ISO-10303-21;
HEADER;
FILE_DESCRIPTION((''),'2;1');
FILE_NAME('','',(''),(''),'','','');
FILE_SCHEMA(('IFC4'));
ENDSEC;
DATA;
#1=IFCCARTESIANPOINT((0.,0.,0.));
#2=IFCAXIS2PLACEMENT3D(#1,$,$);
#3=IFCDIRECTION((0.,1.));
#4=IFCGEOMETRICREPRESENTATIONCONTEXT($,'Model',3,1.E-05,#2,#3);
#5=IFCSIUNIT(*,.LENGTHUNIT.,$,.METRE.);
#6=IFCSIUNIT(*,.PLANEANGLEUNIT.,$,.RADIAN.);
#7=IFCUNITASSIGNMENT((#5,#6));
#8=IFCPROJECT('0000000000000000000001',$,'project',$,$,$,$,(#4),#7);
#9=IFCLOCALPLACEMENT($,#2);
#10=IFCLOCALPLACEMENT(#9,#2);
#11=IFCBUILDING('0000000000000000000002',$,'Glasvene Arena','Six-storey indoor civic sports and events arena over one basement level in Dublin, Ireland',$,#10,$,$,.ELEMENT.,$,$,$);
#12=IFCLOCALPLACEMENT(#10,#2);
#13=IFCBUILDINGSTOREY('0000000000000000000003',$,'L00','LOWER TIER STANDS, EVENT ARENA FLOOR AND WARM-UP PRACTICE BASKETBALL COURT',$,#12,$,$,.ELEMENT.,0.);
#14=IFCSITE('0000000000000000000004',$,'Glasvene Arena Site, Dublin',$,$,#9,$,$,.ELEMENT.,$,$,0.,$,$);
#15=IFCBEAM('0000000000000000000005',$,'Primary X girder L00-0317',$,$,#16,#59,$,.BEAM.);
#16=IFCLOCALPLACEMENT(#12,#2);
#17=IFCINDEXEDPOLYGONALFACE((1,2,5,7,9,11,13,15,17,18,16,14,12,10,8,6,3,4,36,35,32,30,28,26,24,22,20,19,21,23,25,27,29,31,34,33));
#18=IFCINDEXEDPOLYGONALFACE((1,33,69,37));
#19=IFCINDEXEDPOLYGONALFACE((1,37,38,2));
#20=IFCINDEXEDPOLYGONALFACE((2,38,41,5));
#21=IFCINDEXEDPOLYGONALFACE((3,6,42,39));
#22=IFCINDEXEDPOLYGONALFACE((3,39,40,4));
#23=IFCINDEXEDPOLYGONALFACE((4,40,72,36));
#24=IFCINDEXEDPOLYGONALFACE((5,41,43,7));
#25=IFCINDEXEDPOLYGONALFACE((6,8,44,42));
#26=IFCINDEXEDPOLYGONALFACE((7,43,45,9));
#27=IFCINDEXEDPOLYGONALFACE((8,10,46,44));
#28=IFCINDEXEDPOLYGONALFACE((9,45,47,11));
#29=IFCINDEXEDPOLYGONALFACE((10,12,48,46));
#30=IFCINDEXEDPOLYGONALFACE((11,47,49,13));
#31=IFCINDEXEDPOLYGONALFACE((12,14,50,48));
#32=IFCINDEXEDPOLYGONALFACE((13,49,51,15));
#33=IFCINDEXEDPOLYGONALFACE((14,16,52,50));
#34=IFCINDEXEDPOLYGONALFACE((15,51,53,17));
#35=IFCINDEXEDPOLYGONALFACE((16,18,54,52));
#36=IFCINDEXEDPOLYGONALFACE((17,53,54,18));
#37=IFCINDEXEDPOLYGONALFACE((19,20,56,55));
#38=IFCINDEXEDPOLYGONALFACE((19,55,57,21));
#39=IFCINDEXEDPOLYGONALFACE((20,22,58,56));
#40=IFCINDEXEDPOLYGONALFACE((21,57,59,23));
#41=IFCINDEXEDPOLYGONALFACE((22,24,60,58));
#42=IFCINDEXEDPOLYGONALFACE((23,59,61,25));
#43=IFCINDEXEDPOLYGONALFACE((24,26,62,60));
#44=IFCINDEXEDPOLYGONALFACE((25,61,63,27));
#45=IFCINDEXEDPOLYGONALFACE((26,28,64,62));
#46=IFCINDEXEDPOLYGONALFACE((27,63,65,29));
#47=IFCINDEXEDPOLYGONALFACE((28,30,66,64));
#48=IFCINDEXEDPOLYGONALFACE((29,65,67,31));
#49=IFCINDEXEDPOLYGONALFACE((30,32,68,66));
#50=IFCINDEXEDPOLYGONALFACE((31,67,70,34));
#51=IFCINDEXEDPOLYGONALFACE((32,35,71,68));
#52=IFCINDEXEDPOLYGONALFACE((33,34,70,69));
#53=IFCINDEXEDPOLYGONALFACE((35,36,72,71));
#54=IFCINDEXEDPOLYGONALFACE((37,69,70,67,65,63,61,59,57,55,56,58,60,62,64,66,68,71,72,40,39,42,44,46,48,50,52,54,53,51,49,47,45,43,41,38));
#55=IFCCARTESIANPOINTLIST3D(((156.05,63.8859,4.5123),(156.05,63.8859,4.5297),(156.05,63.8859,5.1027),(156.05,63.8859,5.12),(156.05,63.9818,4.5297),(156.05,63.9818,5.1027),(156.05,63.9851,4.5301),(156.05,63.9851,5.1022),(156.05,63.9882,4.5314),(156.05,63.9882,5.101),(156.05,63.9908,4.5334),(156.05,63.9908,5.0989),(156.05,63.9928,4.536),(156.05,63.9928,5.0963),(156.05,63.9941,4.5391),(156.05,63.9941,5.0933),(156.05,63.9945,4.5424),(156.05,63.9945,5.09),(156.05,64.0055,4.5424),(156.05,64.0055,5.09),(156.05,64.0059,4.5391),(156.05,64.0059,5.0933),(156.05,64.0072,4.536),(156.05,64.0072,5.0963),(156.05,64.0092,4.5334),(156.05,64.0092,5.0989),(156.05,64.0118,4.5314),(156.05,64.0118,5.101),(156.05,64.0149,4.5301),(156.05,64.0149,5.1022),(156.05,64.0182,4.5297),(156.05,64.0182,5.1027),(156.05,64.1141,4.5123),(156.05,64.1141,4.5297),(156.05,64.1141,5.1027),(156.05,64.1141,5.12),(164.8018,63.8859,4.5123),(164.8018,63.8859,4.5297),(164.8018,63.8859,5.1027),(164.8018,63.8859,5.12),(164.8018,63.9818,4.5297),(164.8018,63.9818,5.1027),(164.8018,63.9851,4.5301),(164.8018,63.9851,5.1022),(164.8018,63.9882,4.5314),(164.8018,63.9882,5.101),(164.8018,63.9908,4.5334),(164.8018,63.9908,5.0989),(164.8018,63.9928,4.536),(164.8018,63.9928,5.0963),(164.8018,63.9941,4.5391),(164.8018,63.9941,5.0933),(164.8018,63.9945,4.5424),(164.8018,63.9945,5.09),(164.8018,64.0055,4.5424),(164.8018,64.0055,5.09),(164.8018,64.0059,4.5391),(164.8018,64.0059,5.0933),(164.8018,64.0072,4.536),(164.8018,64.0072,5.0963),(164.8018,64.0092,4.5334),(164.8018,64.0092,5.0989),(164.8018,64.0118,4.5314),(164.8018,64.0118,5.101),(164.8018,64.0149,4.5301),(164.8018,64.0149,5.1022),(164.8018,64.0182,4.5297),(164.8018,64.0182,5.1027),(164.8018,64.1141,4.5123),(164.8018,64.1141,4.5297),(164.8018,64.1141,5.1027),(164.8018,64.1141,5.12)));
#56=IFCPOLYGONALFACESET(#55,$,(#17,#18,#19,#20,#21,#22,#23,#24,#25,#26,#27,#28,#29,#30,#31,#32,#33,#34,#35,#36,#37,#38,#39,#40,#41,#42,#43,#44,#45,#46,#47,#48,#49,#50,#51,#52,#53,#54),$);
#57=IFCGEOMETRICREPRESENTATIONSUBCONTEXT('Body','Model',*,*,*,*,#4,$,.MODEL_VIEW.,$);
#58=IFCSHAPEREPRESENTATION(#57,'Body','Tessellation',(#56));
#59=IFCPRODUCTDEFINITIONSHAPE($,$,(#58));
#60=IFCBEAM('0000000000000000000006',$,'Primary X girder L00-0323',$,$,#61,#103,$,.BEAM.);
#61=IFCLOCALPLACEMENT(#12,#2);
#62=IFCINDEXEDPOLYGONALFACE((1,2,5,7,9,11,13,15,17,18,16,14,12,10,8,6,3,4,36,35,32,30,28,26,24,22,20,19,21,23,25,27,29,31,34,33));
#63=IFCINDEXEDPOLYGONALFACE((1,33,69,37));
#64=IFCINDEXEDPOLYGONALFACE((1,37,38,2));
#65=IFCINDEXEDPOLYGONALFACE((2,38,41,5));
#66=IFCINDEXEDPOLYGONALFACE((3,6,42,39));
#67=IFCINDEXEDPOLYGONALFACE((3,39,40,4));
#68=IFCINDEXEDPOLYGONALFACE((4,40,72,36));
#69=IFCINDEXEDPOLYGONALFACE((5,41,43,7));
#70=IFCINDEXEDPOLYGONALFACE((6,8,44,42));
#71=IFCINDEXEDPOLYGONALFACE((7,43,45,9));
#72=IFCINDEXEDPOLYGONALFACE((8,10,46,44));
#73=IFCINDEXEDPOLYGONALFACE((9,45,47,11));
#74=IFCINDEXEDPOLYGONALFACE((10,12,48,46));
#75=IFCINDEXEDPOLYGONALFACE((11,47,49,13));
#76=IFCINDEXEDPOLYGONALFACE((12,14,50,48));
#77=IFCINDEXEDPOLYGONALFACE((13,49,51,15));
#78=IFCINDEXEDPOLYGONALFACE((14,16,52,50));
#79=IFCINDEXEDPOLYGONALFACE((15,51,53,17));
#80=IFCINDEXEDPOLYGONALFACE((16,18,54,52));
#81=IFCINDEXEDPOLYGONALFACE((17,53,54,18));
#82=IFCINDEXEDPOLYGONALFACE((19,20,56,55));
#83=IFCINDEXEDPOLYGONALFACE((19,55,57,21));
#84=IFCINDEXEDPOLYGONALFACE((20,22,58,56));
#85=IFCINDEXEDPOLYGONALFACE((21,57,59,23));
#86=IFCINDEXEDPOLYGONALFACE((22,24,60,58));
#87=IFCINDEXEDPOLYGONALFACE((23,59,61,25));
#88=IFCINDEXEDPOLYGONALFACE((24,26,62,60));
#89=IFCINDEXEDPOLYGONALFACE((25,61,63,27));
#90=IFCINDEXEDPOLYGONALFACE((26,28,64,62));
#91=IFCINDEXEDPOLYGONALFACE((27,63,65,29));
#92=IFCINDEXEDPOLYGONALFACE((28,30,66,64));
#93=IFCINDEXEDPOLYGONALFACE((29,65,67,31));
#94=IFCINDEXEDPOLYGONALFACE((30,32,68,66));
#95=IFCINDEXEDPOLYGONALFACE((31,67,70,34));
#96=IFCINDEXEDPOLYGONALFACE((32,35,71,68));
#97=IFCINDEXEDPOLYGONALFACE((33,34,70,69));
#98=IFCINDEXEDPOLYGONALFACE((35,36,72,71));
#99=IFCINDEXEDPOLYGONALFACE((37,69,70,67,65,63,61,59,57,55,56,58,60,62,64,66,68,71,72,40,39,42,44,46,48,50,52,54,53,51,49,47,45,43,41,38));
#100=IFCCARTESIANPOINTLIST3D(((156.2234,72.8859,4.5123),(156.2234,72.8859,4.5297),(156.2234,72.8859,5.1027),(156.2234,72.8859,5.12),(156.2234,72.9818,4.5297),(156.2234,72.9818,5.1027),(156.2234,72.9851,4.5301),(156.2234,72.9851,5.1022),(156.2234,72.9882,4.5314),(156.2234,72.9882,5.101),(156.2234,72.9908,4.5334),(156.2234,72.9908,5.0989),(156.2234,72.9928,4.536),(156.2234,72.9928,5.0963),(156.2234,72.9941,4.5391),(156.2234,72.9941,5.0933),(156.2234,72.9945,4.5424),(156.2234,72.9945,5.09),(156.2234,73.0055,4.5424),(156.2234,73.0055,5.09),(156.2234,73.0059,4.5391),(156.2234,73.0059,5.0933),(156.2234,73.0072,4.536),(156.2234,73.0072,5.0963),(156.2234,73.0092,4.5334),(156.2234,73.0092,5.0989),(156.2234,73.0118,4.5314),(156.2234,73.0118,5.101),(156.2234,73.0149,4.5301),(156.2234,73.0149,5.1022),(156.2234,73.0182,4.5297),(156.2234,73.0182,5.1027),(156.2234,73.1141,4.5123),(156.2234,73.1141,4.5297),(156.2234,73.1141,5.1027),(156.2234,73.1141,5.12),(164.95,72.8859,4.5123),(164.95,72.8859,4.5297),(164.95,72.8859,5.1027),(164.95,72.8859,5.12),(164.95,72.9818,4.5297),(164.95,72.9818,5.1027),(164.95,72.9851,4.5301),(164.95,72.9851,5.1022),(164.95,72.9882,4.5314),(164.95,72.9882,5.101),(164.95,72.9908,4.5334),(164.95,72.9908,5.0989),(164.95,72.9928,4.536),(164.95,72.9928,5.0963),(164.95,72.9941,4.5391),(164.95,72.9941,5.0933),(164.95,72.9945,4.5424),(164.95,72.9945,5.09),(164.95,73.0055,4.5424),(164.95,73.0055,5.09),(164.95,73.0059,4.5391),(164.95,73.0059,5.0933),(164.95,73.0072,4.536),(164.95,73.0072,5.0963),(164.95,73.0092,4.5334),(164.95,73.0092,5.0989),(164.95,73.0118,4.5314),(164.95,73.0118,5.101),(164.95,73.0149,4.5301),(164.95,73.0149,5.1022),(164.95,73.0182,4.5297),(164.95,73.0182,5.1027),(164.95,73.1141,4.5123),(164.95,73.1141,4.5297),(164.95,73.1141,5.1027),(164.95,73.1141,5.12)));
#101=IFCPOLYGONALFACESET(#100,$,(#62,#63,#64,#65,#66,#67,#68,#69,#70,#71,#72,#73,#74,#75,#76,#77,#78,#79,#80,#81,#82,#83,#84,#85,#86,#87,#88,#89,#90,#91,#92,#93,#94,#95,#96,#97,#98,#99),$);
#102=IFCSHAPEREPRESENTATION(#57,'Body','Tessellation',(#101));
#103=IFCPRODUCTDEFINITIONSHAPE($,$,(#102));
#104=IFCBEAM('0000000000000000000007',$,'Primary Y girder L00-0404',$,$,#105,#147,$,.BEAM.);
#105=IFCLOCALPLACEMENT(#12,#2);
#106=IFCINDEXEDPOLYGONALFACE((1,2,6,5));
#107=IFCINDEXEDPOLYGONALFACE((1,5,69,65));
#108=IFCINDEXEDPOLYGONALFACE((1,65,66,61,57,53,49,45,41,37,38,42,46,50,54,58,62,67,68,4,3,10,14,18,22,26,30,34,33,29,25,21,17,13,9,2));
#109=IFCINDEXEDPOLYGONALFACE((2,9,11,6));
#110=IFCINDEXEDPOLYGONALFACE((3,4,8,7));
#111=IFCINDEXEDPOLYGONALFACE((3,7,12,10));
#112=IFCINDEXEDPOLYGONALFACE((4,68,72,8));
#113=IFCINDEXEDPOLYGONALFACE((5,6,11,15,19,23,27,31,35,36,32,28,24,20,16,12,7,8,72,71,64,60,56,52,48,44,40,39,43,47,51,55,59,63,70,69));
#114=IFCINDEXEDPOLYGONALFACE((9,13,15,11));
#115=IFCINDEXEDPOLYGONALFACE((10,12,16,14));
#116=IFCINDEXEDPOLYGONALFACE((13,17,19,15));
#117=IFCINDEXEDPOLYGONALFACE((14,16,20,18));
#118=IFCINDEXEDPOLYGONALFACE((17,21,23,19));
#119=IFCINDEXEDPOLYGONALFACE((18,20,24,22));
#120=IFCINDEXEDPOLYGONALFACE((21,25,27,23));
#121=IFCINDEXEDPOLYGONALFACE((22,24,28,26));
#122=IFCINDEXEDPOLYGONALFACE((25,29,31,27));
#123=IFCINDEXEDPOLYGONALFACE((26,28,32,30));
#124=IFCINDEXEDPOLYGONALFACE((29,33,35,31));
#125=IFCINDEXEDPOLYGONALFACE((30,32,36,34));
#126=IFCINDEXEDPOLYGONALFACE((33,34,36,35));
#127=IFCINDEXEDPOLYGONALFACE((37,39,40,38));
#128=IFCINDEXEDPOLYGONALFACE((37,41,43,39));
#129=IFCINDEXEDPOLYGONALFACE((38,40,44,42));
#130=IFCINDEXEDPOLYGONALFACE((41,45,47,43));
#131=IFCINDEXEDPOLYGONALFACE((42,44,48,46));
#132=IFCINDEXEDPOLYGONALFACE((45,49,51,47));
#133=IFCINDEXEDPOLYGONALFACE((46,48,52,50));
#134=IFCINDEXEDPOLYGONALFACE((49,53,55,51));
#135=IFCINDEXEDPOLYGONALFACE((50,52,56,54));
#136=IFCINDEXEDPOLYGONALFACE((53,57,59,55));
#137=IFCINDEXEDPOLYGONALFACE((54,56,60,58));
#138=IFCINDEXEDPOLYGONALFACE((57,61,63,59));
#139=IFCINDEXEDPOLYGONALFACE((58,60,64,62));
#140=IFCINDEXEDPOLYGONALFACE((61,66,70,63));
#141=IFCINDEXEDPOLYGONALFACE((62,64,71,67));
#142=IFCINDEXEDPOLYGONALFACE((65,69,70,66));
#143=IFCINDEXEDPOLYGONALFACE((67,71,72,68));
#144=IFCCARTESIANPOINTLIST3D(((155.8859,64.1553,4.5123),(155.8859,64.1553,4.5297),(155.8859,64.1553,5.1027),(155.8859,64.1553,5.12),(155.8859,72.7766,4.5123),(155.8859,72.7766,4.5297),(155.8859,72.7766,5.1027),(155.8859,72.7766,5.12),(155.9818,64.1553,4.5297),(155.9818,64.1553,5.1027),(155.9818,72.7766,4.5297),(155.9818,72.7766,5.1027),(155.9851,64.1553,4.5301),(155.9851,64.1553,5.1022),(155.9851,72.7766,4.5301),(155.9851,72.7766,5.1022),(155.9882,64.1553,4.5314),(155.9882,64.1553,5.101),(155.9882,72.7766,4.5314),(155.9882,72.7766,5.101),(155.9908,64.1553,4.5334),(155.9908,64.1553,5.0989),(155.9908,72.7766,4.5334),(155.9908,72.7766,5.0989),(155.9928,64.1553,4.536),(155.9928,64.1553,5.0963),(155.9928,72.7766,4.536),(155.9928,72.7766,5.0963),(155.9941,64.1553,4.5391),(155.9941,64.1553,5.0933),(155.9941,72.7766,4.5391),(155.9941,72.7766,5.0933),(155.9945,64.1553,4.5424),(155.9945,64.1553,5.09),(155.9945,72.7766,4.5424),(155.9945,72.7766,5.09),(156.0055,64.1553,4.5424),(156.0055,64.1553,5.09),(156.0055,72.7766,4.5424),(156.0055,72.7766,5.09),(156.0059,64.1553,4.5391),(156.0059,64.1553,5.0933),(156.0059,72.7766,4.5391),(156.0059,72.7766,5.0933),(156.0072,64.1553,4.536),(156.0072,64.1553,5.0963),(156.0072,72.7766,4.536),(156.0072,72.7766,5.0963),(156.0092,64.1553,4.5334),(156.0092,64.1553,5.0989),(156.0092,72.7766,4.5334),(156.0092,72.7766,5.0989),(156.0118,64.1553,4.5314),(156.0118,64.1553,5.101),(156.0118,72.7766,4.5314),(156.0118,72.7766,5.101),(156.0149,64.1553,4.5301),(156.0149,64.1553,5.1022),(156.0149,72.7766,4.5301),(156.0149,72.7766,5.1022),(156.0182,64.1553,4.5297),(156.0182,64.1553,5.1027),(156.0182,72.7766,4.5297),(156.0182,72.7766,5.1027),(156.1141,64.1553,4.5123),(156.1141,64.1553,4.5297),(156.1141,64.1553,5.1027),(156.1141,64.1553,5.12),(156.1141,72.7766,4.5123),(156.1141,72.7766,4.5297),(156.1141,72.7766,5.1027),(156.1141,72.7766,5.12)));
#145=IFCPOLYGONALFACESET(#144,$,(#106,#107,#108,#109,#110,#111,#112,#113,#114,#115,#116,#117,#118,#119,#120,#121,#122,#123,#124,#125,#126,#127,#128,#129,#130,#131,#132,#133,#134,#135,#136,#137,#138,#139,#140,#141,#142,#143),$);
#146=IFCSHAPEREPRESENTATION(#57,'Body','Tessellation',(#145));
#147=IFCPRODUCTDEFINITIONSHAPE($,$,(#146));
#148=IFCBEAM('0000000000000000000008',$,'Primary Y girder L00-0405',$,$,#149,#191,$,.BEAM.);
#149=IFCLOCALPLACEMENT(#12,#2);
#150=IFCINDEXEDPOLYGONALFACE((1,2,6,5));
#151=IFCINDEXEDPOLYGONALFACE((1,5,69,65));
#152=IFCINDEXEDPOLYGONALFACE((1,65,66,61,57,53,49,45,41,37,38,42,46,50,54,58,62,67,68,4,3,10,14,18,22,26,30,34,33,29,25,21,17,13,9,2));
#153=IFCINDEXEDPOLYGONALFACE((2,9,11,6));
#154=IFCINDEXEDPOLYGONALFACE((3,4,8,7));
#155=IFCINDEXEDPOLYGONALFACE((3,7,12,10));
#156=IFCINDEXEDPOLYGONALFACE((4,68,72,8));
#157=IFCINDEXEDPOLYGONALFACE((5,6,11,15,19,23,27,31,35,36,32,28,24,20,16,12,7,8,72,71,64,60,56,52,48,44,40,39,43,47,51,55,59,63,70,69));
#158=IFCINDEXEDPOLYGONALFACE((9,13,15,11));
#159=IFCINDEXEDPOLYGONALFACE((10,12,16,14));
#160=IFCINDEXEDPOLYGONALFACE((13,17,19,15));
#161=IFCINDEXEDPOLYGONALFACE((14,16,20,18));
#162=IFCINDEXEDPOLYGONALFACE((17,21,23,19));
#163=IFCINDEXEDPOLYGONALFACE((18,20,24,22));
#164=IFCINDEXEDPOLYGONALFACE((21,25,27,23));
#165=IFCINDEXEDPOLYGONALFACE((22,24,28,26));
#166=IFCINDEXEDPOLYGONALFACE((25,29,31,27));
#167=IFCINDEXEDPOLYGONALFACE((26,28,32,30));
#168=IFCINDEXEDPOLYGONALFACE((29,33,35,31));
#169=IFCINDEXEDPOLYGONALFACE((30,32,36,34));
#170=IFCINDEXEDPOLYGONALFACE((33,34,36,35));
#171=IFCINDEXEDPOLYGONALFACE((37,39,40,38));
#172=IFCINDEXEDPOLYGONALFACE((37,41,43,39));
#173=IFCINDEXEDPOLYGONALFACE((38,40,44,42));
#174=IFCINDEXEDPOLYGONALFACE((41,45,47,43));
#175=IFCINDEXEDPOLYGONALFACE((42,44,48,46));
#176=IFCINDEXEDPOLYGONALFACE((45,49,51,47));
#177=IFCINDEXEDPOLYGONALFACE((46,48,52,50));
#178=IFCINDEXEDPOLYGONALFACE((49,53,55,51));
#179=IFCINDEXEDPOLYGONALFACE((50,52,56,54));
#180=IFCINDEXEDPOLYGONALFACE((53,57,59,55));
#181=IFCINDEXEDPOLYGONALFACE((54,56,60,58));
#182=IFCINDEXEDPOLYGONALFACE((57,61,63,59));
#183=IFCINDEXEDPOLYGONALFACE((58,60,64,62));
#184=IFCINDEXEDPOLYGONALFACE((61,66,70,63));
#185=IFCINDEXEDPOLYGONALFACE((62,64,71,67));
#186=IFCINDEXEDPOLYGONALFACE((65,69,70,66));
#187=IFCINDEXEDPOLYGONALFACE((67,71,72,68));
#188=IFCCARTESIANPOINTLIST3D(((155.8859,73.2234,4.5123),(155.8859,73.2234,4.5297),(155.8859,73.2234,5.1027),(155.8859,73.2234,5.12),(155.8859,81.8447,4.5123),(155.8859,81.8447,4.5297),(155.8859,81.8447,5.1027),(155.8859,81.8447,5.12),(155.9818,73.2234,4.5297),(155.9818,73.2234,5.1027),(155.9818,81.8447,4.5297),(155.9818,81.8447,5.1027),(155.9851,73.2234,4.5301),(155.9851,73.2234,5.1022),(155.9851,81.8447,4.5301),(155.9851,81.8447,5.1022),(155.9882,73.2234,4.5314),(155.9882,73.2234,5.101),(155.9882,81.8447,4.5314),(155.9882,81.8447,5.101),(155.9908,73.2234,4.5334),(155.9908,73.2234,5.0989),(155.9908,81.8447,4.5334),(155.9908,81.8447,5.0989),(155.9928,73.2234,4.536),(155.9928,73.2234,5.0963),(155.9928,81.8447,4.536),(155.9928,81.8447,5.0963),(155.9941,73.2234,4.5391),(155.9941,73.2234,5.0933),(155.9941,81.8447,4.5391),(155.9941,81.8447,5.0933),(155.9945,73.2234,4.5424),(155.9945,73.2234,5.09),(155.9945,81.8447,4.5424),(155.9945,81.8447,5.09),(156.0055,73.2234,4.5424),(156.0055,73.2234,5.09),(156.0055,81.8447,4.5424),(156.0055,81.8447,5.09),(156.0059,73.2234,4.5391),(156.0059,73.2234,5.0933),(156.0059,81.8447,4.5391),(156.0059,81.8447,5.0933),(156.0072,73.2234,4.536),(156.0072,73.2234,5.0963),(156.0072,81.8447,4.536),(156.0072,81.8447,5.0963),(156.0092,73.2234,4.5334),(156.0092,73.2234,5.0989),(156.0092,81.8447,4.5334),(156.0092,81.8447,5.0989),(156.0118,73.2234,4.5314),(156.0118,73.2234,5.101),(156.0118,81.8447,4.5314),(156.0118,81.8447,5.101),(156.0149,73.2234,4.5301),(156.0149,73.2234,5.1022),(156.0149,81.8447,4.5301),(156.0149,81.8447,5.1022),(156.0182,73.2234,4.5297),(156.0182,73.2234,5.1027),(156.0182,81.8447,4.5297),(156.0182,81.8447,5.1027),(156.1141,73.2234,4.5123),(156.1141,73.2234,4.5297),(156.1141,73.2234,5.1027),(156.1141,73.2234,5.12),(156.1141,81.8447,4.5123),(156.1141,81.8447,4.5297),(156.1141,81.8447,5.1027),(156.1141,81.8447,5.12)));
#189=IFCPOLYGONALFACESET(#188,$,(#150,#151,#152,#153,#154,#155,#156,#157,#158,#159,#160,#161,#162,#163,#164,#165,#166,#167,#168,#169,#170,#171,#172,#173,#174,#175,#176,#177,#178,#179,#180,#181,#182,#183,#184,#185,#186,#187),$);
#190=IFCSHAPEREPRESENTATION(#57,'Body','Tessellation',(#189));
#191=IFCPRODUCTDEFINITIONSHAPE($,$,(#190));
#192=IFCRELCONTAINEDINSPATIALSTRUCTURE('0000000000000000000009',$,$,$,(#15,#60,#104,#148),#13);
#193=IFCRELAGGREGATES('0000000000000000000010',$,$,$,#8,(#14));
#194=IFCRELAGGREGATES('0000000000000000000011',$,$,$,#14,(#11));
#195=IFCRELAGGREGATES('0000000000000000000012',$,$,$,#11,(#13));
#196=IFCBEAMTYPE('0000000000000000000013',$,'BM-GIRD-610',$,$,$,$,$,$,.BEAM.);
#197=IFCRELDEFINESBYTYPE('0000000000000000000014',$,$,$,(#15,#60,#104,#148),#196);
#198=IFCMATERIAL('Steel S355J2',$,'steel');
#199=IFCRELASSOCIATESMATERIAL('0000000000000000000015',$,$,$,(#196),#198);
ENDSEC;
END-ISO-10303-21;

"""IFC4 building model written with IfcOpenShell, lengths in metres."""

from ifc_helpers import new_model, si_unit, direction, frame, origin, origin_2d, place, context, subcontext, project, spatial, i_section, extrude, material, material_profile, profile_set, type_object, element, save


model = new_model("IFC4")

# Units and contexts
model_context = context("Model", 3, precision=1e-05, world=origin(), true_north=direction((0.0, 1.0)))
body_context = subcontext(model_context, "Body", "Model", "MODEL_VIEW")
ifc_project = project(units=[si_unit("LENGTHUNIT", "METRE"), si_unit("PLANEANGLEUNIT", "RADIAN")], contexts=[model_context])

# Site, building, storey
site_placement = place(None, origin())
site = spatial("IfcSite", under=ifc_project, at=site_placement, Name="Glasvene Arena Site, Dublin", CompositionType="ELEMENT", RefElevation=0.0)
building_placement = place(site_placement, origin())
building = spatial("IfcBuilding", under=site, at=building_placement, Name="Glasvene Arena", Description="Six-storey indoor civic sports and events arena over one basement level in Dublin, Ireland", CompositionType="ELEMENT")
storey_placement = place(building_placement, origin())
storey = spatial("IfcBuildingStorey", under=building, at=storey_placement, Name="L00", Description="LOWER TIER STANDS, EVENT ARENA FLOOR AND WARM-UP PRACTICE BASKETBALL COURT", CompositionType="ELEMENT", Elevation=0.0)

# Shared definitions
ifc_material_1 = material(Name="Steel S355J2", Category="steel")

# Beams
ifc_material_profile_1 = material_profile(ifc_material_1, i_section(OverallWidth=0.2283, OverallDepth=0.6077, WebThickness=0.011, FlangeThickness=0.0173, FilletRadius=0.0127, at=origin_2d()), Name="UKB 610x229x113")
ifc_profile_set_1 = profile_set([ifc_material_profile_1], Name="Steel S355J2")
beam_type_1 = type_object("IfcBeamType", Name="BM-GIRD-610", PredefinedType="BEAM", material=ifc_profile_set_1)
beam_1_placement = place(storey_placement, frame((156.05, 64.0, 4.8162), z_axis=(1.0, 0.0, 0.0), x_axis=(0.0, 1.0, 0.0)))
element("IfcBeam", 1, at=beam_1_placement, inside=storey, type_object=beam_type_1, Name="Primary X girder L00-0317", PredefinedType="BEAM", context=body_context, shape_type="SweptSolid", body=[
    extrude(i_section(OverallWidth=0.2283, OverallDepth=0.6077, WebThickness=0.011, FlangeThickness=0.0173, FilletRadius=0.0127, at=origin_2d()), origin(), (0.0, 0.0, 1.0), 8.7517),
])
beam_2_placement = place(storey_placement, frame((156.2234, 73.0, 4.8162), z_axis=(1.0, 0.0, 0.0), x_axis=(0.0, 1.0, 0.0)))
element("IfcBeam", 2, at=beam_2_placement, inside=storey, type_object=beam_type_1, Name="Primary X girder L00-0323", PredefinedType="BEAM", context=body_context, shape_type="SweptSolid", body=[
    extrude(i_section(OverallWidth=0.2283, OverallDepth=0.6077, WebThickness=0.011, FlangeThickness=0.0173, FilletRadius=0.0127, at=origin_2d()), origin(), (0.0, 0.0, 1.0), 8.7266),
])
for number, where, z_axis, x_axis, name in (
    (3, (156.0, 64.1553, 4.8162), (0.0, 1.0, 0.0), (-1.0, 0.0, 0.0), "Primary Y girder L00-0404"),
    (4, (156.0, 73.2234, 4.8162), (0.0, 1.0, 0.0), (-1.0, 0.0, 0.0), "Primary Y girder L00-0405"),
):
    element("IfcBeam", number, at=place(storey_placement, frame(where, z_axis=z_axis, x_axis=x_axis)), inside=storey, type_object=beam_type_1, Name=name, PredefinedType="BEAM", context=body_context, shape_type="SweptSolid", body=[
        extrude(i_section(OverallWidth=0.2283, OverallDepth=0.6077, WebThickness=0.011, FlangeThickness=0.0173, FilletRadius=0.0127, at=origin_2d()), origin(), (0.0, 0.0, 1.0), 8.6213),
    ])

save(model, "model.ifc")
